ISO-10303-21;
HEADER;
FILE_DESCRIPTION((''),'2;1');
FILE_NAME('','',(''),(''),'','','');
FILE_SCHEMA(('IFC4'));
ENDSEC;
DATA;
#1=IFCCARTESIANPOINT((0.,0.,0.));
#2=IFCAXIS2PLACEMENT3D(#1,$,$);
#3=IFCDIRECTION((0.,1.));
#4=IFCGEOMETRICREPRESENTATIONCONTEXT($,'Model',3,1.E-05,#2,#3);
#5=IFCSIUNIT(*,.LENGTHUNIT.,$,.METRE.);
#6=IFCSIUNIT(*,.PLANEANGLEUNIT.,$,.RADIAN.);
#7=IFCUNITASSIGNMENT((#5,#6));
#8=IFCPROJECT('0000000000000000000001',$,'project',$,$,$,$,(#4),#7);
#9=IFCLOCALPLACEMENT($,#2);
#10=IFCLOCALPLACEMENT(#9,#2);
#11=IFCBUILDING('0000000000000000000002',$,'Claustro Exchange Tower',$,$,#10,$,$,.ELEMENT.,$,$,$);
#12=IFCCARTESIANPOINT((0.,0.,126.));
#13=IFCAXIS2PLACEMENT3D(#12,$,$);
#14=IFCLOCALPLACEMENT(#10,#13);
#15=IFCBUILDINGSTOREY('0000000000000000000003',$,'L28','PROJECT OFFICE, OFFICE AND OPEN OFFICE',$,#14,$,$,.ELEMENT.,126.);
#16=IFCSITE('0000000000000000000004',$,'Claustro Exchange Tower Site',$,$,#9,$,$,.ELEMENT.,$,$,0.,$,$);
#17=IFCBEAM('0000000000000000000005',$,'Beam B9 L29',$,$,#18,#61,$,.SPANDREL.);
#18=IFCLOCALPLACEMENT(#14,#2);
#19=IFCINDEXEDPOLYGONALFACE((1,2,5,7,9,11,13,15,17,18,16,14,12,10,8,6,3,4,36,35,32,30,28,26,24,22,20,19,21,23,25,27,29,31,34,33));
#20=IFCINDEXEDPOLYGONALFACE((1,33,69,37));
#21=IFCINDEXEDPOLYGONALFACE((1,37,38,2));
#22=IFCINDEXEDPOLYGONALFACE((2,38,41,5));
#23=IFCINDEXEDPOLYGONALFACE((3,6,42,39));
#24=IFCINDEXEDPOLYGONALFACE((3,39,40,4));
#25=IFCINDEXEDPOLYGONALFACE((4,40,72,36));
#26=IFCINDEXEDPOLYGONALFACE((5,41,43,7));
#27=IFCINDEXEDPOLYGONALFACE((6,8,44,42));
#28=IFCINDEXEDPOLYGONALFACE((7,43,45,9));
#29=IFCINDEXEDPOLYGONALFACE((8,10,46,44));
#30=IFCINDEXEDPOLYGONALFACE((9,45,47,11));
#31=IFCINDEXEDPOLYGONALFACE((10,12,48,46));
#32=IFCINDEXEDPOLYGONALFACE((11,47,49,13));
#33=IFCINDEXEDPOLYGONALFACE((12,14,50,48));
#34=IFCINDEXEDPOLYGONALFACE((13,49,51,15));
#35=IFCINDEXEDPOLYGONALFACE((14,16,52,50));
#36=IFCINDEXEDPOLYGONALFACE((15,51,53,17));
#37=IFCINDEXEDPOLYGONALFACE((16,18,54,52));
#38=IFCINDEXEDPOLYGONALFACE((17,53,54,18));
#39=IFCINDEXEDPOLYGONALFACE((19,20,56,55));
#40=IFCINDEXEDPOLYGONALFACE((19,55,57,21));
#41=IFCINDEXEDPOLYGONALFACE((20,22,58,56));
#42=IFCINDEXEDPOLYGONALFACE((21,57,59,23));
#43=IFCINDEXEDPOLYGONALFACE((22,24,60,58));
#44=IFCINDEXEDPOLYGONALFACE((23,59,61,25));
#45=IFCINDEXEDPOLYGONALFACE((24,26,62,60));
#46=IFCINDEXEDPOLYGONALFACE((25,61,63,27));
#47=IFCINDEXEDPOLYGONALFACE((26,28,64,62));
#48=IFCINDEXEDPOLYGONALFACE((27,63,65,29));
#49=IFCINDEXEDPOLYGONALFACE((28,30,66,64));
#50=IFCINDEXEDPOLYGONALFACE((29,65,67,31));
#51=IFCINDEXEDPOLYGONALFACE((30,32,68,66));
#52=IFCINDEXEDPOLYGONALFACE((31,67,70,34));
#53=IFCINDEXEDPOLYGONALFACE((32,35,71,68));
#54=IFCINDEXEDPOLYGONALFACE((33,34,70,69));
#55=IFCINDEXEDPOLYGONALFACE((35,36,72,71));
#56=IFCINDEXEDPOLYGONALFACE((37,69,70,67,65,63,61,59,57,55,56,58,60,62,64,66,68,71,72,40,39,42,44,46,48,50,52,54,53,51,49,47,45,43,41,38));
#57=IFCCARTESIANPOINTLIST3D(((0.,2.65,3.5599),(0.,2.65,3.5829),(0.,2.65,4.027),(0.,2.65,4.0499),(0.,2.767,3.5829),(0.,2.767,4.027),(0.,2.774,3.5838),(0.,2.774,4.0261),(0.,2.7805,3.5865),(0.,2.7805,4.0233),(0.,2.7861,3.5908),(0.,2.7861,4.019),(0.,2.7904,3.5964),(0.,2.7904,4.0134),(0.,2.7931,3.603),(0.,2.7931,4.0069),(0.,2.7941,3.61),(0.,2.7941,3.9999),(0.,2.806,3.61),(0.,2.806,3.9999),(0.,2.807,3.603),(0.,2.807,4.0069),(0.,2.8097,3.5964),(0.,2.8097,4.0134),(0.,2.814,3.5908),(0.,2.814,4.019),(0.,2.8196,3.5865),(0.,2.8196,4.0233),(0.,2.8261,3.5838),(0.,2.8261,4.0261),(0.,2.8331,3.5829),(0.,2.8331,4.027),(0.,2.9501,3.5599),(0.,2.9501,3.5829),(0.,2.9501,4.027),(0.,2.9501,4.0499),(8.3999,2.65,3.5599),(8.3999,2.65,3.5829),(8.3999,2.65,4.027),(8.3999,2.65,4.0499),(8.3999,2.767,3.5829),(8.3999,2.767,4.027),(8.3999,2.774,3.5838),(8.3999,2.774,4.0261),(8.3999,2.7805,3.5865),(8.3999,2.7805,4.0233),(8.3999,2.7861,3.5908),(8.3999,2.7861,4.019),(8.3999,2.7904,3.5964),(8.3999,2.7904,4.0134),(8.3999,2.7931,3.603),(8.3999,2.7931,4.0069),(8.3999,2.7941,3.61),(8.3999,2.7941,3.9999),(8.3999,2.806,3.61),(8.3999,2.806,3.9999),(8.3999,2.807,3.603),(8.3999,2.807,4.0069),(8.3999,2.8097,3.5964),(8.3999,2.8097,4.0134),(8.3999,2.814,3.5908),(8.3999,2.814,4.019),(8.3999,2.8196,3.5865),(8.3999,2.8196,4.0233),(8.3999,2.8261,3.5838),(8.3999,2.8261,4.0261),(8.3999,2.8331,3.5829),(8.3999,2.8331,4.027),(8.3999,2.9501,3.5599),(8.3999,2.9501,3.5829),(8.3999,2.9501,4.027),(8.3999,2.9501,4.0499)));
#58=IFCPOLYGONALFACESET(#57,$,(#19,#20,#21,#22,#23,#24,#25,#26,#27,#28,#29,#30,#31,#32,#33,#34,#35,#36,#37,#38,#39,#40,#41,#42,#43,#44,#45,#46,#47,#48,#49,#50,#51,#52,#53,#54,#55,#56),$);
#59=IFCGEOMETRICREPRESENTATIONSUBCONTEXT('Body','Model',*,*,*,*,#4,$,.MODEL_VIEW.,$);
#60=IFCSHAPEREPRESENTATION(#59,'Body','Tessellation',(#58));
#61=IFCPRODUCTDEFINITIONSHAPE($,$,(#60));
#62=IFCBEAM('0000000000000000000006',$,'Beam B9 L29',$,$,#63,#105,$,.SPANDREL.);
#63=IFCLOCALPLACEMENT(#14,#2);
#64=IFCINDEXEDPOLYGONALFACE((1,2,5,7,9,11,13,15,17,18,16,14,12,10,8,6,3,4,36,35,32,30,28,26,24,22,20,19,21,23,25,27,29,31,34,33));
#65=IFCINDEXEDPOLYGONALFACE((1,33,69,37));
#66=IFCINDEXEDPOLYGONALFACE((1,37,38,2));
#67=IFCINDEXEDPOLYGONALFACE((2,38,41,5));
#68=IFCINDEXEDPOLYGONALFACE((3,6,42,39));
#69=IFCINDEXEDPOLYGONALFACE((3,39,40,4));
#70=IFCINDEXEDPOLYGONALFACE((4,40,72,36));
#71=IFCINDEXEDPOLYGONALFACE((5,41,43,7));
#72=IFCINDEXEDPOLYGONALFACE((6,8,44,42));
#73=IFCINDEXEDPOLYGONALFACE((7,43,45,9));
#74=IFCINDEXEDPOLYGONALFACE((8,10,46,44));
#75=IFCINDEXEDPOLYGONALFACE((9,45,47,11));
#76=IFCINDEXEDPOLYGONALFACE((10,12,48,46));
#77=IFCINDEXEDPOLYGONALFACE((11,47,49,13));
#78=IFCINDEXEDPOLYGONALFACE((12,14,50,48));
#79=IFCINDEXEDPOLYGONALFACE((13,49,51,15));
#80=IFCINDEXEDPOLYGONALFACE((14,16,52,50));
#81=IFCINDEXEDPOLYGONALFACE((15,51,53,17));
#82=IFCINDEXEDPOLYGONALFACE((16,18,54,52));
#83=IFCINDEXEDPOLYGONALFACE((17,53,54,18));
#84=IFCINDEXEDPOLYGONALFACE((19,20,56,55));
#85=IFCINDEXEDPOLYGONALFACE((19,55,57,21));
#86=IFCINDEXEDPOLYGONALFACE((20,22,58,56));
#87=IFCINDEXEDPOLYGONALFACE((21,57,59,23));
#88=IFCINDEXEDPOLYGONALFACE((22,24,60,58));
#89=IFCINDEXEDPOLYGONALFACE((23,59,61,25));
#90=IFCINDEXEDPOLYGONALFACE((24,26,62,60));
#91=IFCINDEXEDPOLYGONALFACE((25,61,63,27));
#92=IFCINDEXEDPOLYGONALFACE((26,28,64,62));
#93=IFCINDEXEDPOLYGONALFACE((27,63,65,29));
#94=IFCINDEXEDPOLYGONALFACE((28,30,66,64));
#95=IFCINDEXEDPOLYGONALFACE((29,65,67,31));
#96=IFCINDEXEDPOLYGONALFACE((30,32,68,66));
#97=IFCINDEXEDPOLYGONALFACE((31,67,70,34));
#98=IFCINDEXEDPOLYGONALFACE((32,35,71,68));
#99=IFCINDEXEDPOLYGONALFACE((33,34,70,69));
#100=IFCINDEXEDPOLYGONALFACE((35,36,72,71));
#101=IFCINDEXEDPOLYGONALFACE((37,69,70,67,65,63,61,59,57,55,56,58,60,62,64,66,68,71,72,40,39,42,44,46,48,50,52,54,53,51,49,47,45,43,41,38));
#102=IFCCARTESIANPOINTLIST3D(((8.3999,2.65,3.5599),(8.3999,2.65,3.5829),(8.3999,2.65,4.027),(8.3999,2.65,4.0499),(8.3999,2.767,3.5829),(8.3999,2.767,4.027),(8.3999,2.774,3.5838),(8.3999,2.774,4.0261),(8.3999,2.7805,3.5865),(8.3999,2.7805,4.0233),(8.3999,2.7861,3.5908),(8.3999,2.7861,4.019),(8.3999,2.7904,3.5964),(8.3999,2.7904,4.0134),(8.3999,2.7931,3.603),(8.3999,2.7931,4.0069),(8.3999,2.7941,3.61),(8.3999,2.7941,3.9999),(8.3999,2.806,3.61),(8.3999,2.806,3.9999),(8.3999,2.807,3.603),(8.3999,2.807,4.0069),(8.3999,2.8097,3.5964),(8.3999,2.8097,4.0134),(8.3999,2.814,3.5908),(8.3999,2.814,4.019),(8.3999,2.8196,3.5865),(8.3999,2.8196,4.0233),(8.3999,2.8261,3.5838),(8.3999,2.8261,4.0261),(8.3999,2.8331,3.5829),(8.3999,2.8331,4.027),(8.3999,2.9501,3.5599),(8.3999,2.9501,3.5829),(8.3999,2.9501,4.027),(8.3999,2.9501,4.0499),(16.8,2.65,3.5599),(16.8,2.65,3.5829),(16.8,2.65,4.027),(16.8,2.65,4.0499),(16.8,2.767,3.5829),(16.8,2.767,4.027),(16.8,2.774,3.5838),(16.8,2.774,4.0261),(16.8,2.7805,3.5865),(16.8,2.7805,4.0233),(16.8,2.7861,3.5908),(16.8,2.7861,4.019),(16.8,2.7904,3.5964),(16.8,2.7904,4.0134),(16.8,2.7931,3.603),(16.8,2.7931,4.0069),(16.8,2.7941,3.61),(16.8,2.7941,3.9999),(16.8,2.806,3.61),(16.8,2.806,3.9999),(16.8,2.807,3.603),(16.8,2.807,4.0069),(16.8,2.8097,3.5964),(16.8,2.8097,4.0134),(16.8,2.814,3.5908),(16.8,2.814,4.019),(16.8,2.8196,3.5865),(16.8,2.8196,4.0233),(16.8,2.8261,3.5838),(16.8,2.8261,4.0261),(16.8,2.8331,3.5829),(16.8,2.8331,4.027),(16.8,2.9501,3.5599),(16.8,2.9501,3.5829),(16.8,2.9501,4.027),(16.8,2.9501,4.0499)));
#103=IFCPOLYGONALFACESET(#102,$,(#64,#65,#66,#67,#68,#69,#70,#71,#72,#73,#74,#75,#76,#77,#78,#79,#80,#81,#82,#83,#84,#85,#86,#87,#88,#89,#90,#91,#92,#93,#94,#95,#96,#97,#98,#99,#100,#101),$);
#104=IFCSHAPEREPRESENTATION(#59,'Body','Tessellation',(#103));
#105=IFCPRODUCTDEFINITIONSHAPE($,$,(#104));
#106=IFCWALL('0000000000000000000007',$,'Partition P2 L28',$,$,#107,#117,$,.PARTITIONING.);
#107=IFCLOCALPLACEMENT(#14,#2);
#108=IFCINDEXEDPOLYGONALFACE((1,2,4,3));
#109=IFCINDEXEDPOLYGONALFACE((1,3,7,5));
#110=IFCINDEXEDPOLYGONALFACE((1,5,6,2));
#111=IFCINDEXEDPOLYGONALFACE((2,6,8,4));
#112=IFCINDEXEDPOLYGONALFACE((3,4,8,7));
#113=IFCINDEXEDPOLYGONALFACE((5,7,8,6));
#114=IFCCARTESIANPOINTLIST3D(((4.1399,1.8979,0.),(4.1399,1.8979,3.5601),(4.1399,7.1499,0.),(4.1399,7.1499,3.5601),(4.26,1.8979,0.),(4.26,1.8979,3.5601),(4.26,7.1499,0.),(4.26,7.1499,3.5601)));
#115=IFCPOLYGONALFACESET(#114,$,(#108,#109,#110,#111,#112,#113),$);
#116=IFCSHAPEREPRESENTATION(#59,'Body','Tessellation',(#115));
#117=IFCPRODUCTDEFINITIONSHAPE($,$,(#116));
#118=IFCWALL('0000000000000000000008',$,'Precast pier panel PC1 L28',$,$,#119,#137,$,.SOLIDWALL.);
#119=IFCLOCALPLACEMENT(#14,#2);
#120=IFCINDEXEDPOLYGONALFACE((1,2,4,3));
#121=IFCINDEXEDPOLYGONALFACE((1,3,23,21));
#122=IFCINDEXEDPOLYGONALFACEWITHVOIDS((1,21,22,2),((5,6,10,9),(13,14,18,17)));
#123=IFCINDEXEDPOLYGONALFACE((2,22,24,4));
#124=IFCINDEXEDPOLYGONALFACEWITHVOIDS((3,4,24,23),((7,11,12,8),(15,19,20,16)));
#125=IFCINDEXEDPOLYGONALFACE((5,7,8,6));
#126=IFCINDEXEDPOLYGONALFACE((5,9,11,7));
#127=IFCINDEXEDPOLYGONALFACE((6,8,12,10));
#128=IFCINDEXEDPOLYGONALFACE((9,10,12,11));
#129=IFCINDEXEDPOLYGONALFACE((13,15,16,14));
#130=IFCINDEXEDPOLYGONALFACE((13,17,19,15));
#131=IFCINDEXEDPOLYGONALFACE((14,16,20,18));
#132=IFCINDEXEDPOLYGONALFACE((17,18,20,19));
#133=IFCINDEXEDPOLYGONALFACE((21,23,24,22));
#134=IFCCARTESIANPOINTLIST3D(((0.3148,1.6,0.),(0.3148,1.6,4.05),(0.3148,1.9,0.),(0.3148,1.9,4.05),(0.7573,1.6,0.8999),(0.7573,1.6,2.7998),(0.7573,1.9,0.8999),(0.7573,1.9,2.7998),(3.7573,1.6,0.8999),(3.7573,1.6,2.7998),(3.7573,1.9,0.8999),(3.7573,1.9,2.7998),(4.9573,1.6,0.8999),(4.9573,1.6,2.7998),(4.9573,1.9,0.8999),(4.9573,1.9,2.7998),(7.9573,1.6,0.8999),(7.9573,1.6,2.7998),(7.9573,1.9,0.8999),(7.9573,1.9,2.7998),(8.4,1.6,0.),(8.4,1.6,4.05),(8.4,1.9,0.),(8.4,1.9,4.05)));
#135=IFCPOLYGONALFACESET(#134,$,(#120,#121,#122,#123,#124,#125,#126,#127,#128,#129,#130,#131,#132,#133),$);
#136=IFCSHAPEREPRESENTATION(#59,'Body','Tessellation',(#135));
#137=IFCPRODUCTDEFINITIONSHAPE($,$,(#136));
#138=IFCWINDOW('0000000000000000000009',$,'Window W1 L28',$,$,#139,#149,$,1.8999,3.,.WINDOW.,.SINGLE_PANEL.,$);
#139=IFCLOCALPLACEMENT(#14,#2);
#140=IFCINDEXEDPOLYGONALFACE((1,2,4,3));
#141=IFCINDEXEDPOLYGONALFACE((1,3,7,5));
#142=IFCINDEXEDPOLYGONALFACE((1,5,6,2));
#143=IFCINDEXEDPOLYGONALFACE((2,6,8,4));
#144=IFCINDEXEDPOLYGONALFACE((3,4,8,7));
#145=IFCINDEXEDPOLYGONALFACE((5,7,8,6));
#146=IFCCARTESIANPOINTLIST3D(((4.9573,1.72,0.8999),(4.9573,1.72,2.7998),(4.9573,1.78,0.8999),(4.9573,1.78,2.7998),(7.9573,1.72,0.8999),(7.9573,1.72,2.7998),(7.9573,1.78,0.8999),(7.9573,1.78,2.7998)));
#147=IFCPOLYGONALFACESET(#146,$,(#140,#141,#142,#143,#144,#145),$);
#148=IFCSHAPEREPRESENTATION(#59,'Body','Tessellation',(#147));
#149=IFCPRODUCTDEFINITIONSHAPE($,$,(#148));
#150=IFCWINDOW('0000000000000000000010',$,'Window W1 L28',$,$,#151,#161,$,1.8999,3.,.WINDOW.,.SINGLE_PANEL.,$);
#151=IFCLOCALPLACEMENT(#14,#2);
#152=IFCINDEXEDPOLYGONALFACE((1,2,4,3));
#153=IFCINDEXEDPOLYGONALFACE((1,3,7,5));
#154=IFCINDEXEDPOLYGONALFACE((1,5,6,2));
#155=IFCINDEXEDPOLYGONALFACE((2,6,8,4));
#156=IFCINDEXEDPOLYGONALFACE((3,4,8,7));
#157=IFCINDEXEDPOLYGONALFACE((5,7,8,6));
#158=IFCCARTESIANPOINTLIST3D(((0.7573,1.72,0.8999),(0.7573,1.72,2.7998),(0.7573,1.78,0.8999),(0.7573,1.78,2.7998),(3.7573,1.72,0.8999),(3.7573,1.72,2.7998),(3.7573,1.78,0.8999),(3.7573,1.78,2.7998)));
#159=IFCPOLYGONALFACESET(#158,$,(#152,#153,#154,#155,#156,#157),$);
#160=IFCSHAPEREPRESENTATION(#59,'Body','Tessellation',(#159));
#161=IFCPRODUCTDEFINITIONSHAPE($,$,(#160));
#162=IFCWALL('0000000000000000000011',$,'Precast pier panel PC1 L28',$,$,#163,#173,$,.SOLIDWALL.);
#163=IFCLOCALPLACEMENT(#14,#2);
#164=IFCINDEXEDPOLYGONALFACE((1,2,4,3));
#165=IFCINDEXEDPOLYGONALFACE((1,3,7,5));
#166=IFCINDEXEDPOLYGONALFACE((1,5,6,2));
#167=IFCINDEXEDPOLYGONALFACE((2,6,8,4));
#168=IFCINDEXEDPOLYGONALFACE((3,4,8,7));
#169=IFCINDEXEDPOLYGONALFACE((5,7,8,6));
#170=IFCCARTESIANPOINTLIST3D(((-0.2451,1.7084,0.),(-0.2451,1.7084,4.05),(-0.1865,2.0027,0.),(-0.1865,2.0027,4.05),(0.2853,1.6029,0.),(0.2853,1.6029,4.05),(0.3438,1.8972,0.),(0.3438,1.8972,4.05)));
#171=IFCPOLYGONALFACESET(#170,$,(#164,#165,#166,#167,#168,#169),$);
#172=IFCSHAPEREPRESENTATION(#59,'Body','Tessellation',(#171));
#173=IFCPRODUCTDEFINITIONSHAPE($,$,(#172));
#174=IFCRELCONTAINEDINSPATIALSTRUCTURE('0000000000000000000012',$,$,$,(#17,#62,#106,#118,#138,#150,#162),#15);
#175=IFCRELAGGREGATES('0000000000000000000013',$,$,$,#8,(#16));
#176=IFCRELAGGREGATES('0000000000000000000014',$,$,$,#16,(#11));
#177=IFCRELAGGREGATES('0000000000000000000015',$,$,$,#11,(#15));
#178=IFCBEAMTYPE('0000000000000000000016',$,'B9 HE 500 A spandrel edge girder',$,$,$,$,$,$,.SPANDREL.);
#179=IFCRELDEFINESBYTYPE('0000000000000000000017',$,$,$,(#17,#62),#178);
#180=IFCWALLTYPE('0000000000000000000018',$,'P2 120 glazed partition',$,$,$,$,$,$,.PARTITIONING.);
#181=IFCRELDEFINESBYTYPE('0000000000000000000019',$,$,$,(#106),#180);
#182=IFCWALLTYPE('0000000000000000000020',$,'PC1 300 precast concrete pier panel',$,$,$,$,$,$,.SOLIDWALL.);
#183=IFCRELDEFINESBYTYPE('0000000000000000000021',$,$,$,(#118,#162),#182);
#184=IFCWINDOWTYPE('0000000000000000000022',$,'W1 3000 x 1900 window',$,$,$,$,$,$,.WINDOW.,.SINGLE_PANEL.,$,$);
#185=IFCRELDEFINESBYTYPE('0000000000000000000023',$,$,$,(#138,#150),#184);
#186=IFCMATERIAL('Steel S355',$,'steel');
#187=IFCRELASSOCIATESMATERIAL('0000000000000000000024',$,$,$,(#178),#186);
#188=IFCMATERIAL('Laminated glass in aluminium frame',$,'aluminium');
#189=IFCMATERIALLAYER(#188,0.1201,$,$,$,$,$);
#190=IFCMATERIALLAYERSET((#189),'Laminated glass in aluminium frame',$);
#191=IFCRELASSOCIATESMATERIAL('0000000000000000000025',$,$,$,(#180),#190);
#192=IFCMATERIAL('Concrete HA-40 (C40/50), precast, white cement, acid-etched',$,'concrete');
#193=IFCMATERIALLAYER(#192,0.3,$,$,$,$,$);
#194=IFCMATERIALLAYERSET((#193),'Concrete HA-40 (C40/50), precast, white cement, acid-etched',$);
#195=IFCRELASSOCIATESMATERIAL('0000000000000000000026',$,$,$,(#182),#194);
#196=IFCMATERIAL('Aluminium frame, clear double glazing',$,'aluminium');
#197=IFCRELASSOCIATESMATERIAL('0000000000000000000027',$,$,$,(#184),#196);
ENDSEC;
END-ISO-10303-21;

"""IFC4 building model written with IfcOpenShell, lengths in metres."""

from ifc_helpers import new_model, si_unit, direction, frame, frame_2d, origin, origin_2d, place, context, subcontext, project, spatial, rectangle, i_section, extrude, material, layer, layer_set, material_profile, profile_set, type_object, element, fill, save


model = new_model("IFC4")

# Units and contexts
model_context = context("Model", 3, precision=1e-05, world=origin(), true_north=direction((0.0, 1.0)))
body_context = subcontext(model_context, "Body", "Model", "MODEL_VIEW")
ifc_project = project(units=[si_unit("LENGTHUNIT", "METRE"), si_unit("PLANEANGLEUNIT", "RADIAN")], contexts=[model_context])

# Site, building, storey
site_placement = place(None, origin())
site = spatial("IfcSite", under=ifc_project, at=site_placement, Name="Claustro Exchange Tower Site", CompositionType="ELEMENT", RefElevation=0.0)
building_placement = place(site_placement, origin())
building = spatial("IfcBuilding", under=site, at=building_placement, Name="Claustro Exchange Tower", CompositionType="ELEMENT")
storey_placement = place(building_placement, frame((0.0, 0.0, 126.0)))
storey = spatial("IfcBuildingStorey", under=building, at=storey_placement, Name="L28", Description="PROJECT OFFICE, OFFICE AND OPEN OFFICE", CompositionType="ELEMENT", Elevation=126.0)

# Beams
ifc_material_1 = material(Name="Steel S355", Category="steel")
ifc_material_profile_1 = material_profile(ifc_material_1, i_section(OverallWidth=0.3, OverallDepth=0.49, WebThickness=0.012, FlangeThickness=0.0229, FilletRadius=0.0271, at=origin_2d()), Name="HE 500 A")
ifc_profile_set_1 = profile_set([ifc_material_profile_1], Name="Steel S355")
beam_type_1 = type_object("IfcBeamType", Name="B9 HE 500 A spandrel edge girder", PredefinedType="SPANDREL", material=ifc_profile_set_1)
beam_1_placement = place(storey_placement, frame((0.0, 2.8, 3.8049), z_axis=(1.0, 0.0, 0.0), x_axis=(0.0, 1.0, 0.0)))
element("IfcBeam", 1, at=beam_1_placement, inside=storey, type_object=beam_type_1, Name="Beam B9 L29", PredefinedType="SPANDREL", context=body_context, shape_type="SweptSolid", body=[
    extrude(i_section(OverallWidth=0.3, OverallDepth=0.49, WebThickness=0.012, FlangeThickness=0.0229, FilletRadius=0.0271, at=origin_2d()), origin(), (0.0, 0.0, 1.0), 8.3999),
])
beam_2_placement = place(storey_placement, frame((8.3999, 2.8, 3.8049), z_axis=(1.0, 0.0, 0.0), x_axis=(0.0, 1.0, 0.0)))
element("IfcBeam", 2, at=beam_2_placement, inside=storey, type_object=beam_type_1, Name="Beam B9 L29", PredefinedType="SPANDREL", context=body_context, shape_type="SweptSolid", body=[
    extrude(i_section(OverallWidth=0.3, OverallDepth=0.49, WebThickness=0.012, FlangeThickness=0.0229, FilletRadius=0.0271, at=origin_2d()), origin(), (0.0, 0.0, 1.0), 8.4001),
])

# Wall
ifc_material_2 = material(Name="Laminated glass in aluminium frame", Category="aluminium")
ifc_layer_1 = layer(ifc_material_2, 0.1201)
ifc_layer_set_1 = layer_set([ifc_layer_1], Name="Laminated glass in aluminium frame")
wall_type_1 = type_object("IfcWallType", Name="P2 120 glazed partition", PredefinedType="PARTITIONING", material=ifc_layer_set_1)
wall_1_placement = place(storey_placement, frame((4.2, 1.8979, 0.0), z_axis=(0.0, 0.0, 1.0), x_axis=(0.0, 1.0, 0.0)))
element("IfcWall", 3, at=wall_1_placement, inside=storey, type_object=wall_type_1, Name="Partition P2 L28", PredefinedType="PARTITIONING", context=body_context, shape_type="SweptSolid", body=[
    extrude(rectangle(XDim=5.252, YDim=0.1201, at=frame_2d((2.626, 0.0))), origin(), (0.0, 0.0, 1.0), 3.5601),
])

# Wall, openings, windows
ifc_material_3 = material(Name="Concrete HA-40 (C40/50), precast, white cement, acid-etched", Category="concrete")
ifc_layer_2 = layer(ifc_material_3, 0.3)
ifc_layer_set_2 = layer_set([ifc_layer_2], Name="Concrete HA-40 (C40/50), precast, white cement, acid-etched")
wall_type_2 = type_object("IfcWallType", Name="PC1 300 precast concrete pier panel", PredefinedType="SOLIDWALL", material=ifc_layer_set_2)
wall_2_placement = place(storey_placement, frame((8.3999, 1.75, 0.0), z_axis=(0.0, 0.0, 1.0), x_axis=(-1.0, 0.0, 0.0)))
wall_2 = element("IfcWall", 4, at=wall_2_placement, inside=storey, type_object=wall_type_2, Name="Precast pier panel PC1 L28", PredefinedType="SOLIDWALL", context=body_context, shape_type="SweptSolid", body=[
    extrude(rectangle(XDim=8.0852, YDim=0.3, at=frame_2d((4.0425, 0.0))), origin(), (0.0, 0.0, 1.0), 4.05),
])
opening_1_placement = place(wall_2_placement, frame((0.4426, 0.0, 0.8999)))
opening_1 = element("IfcOpeningElement", 5, at=opening_1_placement, cuts=wall_2, PredefinedType="OPENING", context=body_context, shape_type="SweptSolid", body=[
    extrude(rectangle(XDim=3.0, YDim=1.8999, at=frame_2d((1.5, 0.95))), frame((0.0, 0.1599, 0.0), z_axis=(0.0, -1.0, 0.0), x_axis=(1.0, 0.0, 0.0)), (0.0, 0.0, 1.0), 0.3201),
])
opening_2_placement = place(wall_2_placement, frame((4.6426, 0.0, 0.8999)))
opening_2 = element("IfcOpeningElement", 6, at=opening_2_placement, cuts=wall_2, PredefinedType="OPENING", context=body_context, shape_type="SweptSolid", body=[
    extrude(rectangle(XDim=3.0, YDim=1.8999, at=frame_2d((1.5, 0.95))), frame((0.0, 0.1599, 0.0), z_axis=(0.0, -1.0, 0.0), x_axis=(1.0, 0.0, 0.0)), (0.0, 0.0, 1.0), 0.3201),
])
ifc_material_4 = material(Name="Aluminium frame, clear double glazing", Category="aluminium")
window_type = type_object("IfcWindowType", Name="W1 3000 x 1900 window", PartitioningType="SINGLE_PANEL", PredefinedType="WINDOW", material=ifc_material_4)
window_1_placement = place(opening_1_placement, origin())
window_1 = element("IfcWindow", 7, at=window_1_placement, inside=storey, type_object=window_type, Name="Window W1 L28", OverallHeight=1.8999, OverallWidth=3.0, PartitioningType="SINGLE_PANEL", PredefinedType="WINDOW", context=body_context, shape_type="SweptSolid", body=[
    extrude(rectangle(XDim=3.0, YDim=1.8999, at=frame_2d((1.5, 0.95))), frame((0.0, 0.03, 0.0), z_axis=(0.0, -1.0, 0.0), x_axis=(1.0, 0.0, 0.0)), (0.0, 0.0, 1.0), 0.0601),
])
fill(opening_1, window_1)
window_2_placement = place(opening_2_placement, origin())
window_2 = element("IfcWindow", 8, at=window_2_placement, inside=storey, type_object=window_type, Name="Window W1 L28", OverallHeight=1.8999, OverallWidth=3.0, PartitioningType="SINGLE_PANEL", PredefinedType="WINDOW", context=body_context, shape_type="SweptSolid", body=[
    extrude(rectangle(XDim=3.0, YDim=1.8999, at=frame_2d((1.5, 0.95))), frame((0.0, 0.03, 0.0), z_axis=(0.0, -1.0, 0.0), x_axis=(1.0, 0.0, 0.0)), (0.0, 0.0, 1.0), 0.0601),
])
fill(opening_2, window_2)

# Wall
wall_3_placement = place(storey_placement, frame((0.3147, 1.75, 0.0), z_axis=(0.0, 0.0, 1.0), x_axis=(-0.980789, 0.195074, 0.0)))
element("IfcWall", 9, at=wall_3_placement, inside=storey, type_object=wall_type_2, Name="Precast pier panel PC1 L28", PredefinedType="SOLIDWALL", context=body_context, shape_type="SweptSolid", body=[
    extrude(rectangle(XDim=0.5408, YDim=0.3, at=frame_2d((0.2705, 0.0))), origin(), (0.0, 0.0, 1.0), 4.05),
])

save(model, "model.ifc")
